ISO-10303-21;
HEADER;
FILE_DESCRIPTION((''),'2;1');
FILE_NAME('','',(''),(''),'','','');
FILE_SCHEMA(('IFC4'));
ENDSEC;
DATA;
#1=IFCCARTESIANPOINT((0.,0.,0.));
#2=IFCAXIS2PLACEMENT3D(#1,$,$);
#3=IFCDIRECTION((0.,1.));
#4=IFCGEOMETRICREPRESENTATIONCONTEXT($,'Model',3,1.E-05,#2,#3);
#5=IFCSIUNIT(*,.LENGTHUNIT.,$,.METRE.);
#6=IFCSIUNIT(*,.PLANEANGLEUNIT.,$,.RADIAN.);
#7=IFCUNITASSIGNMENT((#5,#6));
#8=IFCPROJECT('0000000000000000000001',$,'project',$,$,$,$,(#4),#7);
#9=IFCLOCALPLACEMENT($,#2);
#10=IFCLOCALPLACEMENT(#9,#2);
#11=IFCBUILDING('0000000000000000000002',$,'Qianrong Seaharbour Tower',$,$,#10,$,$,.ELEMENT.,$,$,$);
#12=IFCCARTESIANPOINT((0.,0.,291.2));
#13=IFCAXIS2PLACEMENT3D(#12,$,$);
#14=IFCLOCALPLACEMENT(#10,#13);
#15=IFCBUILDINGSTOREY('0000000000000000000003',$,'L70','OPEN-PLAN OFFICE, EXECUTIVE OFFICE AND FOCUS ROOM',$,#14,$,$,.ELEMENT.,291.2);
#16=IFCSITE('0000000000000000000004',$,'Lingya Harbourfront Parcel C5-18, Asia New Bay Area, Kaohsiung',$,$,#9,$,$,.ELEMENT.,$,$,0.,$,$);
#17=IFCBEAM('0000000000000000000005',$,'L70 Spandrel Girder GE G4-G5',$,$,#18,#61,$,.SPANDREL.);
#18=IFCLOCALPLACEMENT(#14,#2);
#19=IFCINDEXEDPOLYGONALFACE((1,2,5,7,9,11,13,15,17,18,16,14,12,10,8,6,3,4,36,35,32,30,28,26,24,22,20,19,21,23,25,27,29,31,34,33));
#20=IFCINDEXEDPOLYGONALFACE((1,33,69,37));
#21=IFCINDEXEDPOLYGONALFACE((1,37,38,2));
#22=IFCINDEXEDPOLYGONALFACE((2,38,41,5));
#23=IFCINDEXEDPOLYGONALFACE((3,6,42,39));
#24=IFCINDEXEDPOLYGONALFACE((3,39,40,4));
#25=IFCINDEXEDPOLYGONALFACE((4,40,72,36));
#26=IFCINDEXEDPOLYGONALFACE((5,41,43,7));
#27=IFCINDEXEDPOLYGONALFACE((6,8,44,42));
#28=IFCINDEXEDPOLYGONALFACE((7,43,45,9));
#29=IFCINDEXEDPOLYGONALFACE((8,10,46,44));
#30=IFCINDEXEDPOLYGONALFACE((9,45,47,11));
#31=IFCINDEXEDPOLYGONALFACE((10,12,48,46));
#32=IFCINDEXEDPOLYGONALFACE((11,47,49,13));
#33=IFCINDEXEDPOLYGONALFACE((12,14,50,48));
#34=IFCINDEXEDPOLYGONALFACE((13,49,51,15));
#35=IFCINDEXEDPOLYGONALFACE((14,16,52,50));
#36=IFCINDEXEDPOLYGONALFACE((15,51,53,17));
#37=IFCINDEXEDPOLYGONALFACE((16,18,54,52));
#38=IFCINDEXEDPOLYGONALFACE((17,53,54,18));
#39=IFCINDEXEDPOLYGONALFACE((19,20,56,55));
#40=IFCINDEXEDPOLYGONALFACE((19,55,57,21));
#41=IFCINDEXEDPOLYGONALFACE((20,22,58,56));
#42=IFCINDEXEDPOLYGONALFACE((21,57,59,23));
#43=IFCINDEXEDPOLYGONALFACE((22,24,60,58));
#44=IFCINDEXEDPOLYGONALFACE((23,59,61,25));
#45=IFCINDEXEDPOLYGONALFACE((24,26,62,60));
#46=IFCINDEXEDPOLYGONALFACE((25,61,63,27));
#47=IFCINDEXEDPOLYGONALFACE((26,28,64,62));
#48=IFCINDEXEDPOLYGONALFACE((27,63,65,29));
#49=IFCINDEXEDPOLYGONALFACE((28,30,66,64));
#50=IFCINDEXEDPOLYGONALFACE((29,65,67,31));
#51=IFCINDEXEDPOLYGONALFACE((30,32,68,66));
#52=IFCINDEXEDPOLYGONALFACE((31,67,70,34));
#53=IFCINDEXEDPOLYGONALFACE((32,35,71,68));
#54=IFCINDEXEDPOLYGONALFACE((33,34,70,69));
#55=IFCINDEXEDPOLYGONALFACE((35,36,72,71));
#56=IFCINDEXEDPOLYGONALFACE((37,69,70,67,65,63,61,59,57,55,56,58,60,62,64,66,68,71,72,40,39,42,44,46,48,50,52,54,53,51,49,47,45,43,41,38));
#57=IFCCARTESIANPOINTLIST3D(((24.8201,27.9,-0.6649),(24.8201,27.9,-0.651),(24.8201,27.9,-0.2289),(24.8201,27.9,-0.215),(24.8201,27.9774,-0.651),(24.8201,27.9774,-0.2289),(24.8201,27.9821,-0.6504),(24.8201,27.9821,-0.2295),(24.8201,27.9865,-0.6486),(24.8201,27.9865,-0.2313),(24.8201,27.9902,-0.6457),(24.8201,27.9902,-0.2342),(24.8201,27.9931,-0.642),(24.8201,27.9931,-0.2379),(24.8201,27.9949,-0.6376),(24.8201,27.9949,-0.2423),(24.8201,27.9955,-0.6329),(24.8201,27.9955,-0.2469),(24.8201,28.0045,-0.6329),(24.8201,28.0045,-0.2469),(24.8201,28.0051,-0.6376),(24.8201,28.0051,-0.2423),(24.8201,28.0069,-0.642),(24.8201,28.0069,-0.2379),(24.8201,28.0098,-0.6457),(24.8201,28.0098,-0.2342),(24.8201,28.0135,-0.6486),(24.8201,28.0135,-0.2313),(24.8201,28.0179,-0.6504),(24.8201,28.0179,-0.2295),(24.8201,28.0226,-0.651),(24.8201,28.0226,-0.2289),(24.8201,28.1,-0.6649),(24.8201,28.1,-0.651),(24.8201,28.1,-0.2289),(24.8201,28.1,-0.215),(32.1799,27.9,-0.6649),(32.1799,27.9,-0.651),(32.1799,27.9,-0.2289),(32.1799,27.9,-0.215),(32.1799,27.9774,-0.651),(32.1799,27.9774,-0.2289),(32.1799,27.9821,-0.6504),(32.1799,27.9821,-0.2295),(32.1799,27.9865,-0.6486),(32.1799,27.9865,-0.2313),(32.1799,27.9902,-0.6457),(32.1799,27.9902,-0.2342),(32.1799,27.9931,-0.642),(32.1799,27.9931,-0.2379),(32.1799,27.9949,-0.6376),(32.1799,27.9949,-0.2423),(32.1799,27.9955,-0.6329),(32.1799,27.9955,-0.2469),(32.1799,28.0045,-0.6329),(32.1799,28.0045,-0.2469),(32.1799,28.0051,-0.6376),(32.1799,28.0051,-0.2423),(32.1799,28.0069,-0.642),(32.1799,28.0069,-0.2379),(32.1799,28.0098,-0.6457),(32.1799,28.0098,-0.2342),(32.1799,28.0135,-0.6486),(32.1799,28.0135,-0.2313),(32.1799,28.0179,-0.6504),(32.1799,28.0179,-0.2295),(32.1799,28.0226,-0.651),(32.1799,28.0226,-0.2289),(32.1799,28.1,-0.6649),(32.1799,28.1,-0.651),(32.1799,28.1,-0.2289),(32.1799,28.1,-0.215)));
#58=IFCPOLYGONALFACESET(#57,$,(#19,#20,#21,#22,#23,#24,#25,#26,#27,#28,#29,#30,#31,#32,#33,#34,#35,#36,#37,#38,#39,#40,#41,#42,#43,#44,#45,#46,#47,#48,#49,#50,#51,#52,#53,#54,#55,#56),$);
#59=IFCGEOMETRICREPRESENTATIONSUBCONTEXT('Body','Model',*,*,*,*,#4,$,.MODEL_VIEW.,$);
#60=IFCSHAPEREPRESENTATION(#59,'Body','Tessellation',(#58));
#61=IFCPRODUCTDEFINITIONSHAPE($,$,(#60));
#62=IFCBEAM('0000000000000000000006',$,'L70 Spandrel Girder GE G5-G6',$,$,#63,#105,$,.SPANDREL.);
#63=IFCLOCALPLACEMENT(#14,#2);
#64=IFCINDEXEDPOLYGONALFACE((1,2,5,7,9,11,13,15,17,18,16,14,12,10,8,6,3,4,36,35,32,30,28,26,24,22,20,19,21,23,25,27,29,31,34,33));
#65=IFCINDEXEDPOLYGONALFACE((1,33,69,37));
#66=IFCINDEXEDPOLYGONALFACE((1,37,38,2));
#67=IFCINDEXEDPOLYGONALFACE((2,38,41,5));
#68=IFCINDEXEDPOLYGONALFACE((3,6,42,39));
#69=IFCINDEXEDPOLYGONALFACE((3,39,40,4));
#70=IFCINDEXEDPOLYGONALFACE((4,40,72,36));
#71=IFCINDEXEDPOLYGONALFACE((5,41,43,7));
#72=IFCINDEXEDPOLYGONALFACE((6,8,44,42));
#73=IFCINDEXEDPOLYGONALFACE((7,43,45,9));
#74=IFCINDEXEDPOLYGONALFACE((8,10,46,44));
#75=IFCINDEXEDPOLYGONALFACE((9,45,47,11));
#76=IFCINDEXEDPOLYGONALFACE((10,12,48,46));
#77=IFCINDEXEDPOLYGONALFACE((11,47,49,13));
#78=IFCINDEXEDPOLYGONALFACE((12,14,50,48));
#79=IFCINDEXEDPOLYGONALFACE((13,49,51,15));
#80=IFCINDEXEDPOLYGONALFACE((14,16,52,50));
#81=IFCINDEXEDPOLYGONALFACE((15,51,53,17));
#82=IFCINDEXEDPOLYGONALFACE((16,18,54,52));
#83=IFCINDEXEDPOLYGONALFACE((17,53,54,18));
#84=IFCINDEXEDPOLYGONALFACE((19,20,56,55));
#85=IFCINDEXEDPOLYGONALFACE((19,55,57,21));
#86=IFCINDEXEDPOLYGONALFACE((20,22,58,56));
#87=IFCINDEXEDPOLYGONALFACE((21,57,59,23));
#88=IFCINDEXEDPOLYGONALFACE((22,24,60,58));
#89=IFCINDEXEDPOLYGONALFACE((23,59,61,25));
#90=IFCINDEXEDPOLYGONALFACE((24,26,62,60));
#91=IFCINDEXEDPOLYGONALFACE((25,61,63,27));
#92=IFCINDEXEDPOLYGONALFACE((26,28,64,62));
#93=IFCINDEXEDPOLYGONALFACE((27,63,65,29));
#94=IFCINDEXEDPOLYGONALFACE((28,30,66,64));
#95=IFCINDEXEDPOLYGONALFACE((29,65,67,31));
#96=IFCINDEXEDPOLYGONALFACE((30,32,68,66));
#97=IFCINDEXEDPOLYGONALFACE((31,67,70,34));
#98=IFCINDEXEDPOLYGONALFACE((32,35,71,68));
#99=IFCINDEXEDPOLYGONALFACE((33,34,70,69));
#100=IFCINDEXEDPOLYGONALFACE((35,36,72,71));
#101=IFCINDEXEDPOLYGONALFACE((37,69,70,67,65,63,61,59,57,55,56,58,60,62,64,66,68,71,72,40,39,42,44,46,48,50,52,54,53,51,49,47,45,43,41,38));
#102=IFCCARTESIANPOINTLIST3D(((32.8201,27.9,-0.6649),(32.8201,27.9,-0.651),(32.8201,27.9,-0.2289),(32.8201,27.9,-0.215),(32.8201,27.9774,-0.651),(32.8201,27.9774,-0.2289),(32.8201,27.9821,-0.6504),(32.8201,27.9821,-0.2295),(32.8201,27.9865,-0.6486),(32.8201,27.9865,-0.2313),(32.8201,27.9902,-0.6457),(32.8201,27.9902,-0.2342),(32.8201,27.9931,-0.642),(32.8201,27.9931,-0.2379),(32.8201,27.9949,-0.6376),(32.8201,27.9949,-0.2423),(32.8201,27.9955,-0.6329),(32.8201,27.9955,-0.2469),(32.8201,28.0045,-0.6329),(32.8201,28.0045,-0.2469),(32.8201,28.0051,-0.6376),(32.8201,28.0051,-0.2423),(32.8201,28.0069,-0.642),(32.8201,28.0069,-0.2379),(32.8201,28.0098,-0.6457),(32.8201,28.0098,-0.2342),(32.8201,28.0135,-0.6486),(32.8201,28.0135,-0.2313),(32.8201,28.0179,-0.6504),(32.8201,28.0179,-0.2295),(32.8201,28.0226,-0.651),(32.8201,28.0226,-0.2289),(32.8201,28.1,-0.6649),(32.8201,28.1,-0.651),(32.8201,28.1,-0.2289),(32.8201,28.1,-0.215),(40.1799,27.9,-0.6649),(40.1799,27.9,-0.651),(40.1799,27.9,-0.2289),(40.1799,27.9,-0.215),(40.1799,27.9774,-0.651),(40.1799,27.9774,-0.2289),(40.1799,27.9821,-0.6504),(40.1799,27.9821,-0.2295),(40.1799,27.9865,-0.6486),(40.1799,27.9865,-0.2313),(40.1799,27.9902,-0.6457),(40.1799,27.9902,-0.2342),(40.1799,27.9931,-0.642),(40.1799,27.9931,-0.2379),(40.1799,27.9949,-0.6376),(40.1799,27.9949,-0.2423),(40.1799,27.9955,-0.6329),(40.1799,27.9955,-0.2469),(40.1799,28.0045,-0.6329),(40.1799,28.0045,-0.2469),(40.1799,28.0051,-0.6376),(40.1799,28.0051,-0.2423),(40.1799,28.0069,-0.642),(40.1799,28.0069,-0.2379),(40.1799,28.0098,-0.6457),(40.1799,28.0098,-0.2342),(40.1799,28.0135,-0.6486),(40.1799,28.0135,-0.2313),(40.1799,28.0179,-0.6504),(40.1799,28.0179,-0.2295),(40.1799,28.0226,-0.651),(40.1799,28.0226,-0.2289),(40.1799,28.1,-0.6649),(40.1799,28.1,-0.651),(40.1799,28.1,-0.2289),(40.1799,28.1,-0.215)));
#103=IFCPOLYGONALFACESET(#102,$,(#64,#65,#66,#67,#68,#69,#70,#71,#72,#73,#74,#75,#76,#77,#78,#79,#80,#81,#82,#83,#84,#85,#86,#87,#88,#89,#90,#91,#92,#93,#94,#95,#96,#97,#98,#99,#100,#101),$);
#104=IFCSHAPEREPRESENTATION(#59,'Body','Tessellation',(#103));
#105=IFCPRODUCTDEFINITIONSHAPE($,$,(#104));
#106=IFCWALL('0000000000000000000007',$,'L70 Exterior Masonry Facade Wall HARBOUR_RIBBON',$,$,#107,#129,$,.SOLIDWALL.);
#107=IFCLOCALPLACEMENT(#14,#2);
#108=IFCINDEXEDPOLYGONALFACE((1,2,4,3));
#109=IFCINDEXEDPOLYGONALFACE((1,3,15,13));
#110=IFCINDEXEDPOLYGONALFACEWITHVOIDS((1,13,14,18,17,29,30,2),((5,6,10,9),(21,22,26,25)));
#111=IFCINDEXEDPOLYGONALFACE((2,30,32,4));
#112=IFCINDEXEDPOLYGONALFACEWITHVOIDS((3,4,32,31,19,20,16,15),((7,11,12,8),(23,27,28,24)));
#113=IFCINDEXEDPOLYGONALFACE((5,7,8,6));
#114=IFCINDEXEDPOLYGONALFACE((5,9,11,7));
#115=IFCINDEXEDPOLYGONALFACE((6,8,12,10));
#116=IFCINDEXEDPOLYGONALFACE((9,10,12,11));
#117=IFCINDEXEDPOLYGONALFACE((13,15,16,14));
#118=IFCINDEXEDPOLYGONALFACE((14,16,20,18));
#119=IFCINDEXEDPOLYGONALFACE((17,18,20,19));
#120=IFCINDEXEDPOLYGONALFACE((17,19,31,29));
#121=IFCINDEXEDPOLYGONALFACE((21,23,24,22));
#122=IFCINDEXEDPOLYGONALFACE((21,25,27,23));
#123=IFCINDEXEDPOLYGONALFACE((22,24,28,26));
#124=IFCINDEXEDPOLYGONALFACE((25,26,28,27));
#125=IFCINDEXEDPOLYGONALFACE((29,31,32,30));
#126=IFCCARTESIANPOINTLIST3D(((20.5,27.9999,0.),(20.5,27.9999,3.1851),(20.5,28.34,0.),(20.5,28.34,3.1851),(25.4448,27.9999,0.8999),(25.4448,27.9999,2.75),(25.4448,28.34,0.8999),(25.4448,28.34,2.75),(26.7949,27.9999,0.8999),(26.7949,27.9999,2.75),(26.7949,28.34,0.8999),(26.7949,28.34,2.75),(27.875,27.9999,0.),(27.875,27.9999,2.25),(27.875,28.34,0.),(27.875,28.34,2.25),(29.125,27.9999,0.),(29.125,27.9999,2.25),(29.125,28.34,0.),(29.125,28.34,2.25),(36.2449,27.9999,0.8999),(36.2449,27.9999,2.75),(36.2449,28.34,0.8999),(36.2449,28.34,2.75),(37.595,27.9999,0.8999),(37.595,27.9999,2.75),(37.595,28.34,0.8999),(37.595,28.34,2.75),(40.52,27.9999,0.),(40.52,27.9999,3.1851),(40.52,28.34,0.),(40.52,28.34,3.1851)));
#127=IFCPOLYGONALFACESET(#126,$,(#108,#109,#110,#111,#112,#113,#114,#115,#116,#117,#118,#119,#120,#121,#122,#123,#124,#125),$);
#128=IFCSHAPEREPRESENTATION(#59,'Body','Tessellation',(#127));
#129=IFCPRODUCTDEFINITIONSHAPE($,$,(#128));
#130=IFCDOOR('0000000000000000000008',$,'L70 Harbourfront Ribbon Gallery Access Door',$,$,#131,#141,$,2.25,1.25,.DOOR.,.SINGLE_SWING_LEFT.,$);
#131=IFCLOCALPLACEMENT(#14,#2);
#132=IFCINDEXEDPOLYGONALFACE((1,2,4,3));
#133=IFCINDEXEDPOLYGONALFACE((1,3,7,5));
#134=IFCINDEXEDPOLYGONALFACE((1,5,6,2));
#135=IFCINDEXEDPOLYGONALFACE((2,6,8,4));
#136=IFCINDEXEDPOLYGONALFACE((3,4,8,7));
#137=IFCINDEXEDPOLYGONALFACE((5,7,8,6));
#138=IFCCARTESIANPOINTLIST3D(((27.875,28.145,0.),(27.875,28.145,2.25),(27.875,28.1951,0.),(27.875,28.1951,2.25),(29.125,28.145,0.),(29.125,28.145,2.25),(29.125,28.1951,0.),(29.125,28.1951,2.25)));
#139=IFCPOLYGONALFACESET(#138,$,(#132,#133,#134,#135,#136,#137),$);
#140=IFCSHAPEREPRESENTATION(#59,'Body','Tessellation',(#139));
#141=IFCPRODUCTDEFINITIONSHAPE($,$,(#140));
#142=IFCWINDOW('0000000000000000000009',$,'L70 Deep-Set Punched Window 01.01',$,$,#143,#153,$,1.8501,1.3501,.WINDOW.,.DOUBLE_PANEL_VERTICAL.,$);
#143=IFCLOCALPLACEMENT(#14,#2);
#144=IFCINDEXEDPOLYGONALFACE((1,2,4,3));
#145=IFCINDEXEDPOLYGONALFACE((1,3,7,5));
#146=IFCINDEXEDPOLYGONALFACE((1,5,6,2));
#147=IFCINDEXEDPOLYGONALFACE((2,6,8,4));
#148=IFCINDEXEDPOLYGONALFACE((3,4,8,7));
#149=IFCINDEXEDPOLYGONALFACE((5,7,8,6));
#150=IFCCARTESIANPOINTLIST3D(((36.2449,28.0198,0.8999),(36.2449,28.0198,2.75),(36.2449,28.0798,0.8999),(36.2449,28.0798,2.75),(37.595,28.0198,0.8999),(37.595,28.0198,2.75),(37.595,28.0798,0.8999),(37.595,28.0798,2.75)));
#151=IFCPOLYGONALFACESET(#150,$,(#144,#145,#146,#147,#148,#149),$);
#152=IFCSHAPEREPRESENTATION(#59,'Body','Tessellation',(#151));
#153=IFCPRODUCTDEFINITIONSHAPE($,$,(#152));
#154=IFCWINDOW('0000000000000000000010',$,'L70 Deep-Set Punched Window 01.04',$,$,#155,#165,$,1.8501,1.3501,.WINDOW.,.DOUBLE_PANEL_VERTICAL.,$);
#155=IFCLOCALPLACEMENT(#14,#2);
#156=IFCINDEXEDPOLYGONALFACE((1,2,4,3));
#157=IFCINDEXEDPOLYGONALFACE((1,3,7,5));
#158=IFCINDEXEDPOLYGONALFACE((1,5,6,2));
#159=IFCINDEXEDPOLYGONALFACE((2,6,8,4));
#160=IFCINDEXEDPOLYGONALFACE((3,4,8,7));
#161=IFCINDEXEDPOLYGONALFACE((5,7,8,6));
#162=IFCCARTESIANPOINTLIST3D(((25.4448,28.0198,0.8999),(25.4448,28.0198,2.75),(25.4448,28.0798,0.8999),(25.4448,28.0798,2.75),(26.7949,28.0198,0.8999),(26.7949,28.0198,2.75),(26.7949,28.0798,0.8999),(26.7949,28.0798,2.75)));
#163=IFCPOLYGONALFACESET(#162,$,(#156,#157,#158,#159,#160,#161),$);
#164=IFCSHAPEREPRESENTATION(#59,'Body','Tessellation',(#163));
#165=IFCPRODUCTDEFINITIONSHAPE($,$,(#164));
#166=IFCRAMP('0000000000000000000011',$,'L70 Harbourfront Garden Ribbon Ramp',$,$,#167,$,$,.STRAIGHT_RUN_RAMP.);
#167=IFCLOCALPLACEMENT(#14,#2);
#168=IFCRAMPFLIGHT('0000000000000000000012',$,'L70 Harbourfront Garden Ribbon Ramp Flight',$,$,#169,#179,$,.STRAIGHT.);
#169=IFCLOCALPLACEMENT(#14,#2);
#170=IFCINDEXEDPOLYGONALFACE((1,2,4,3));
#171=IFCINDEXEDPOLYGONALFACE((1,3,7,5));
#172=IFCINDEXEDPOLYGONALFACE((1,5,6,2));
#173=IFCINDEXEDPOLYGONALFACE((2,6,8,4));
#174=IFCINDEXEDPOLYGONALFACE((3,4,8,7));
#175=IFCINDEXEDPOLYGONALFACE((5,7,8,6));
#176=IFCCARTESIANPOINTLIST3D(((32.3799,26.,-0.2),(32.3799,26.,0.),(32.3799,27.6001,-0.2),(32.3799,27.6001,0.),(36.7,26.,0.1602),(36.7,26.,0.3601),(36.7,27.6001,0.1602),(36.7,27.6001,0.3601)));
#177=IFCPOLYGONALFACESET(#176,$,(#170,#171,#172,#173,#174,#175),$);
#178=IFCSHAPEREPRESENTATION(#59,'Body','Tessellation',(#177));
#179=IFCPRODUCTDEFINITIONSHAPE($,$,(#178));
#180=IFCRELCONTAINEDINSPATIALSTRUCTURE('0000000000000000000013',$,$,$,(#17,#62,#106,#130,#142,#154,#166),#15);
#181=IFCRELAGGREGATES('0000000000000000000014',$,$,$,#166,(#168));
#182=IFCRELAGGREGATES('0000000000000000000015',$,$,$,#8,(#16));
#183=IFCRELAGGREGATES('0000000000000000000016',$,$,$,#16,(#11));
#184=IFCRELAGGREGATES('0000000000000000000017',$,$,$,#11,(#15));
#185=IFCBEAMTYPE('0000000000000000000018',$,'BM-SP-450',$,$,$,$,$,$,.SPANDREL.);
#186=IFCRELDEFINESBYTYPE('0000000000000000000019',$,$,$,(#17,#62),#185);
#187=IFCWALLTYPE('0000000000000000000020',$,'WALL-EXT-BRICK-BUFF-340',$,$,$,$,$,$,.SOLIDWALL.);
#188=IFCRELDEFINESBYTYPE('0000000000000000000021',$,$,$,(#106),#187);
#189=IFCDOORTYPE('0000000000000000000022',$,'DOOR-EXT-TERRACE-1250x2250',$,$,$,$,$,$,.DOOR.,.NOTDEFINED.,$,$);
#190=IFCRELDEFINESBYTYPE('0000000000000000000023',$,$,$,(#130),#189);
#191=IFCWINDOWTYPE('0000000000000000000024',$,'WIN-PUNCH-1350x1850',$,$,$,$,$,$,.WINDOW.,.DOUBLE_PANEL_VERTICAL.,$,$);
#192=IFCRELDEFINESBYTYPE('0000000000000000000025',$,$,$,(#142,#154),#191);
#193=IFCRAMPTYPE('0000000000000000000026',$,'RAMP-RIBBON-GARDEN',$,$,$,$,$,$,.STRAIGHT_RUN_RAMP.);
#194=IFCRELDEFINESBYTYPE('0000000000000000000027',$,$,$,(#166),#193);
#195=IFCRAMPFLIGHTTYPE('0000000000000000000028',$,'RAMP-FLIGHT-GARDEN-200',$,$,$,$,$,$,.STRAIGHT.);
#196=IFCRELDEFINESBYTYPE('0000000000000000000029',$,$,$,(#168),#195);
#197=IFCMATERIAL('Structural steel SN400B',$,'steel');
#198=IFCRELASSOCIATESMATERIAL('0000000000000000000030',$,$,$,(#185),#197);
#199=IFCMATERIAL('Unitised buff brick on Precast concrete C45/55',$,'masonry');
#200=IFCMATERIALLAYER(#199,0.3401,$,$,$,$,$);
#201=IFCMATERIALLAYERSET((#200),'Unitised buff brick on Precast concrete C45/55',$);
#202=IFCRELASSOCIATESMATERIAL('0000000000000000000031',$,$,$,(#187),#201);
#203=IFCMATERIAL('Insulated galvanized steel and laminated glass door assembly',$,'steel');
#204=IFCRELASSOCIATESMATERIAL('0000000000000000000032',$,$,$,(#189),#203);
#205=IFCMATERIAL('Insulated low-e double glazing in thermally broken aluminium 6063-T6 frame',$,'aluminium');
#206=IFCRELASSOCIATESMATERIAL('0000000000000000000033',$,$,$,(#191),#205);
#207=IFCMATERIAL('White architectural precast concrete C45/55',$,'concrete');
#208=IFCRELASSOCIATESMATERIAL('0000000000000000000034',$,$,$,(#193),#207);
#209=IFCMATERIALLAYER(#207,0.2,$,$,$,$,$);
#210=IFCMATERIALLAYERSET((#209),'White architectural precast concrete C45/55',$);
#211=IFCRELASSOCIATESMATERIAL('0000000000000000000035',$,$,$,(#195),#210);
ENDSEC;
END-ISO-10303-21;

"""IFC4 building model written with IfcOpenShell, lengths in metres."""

from ifc_helpers import new_model, si_unit, direction, frame, frame_2d, origin, origin_2d, place, context, subcontext, project, spatial, polyline, rectangle, i_section, outline, extrude, material, layer, layer_set, material_profile, profile_set, type_object, element, fill, aggregate, save


model = new_model("IFC4")

# Units and contexts
model_context = context("Model", 3, precision=1e-05, world=origin(), true_north=direction((0.0, 1.0)))
body_context = subcontext(model_context, "Body", "Model", "MODEL_VIEW")
ifc_project = project(units=[si_unit("LENGTHUNIT", "METRE"), si_unit("PLANEANGLEUNIT", "RADIAN")], contexts=[model_context])

# Site, building, storey
site_placement = place(None, origin())
site = spatial("IfcSite", under=ifc_project, at=site_placement, Name="Lingya Harbourfront Parcel C5-18, Asia New Bay Area, Kaohsiung", CompositionType="ELEMENT", RefElevation=0.0)
building_placement = place(site_placement, origin())
building = spatial("IfcBuilding", under=site, at=building_placement, Name="Qianrong Seaharbour Tower", CompositionType="ELEMENT")
storey_placement = place(building_placement, frame((0.0, 0.0, 291.2)))
storey = spatial("IfcBuildingStorey", under=building, at=storey_placement, Name="L70", Description="OPEN-PLAN OFFICE, EXECUTIVE OFFICE AND FOCUS ROOM", CompositionType="ELEMENT", Elevation=291.2)

# Shared definitions
ifc_material_1 = material(Name="Structural steel SN400B", Category="steel")

# Beams
ifc_material_profile_1 = material_profile(ifc_material_1, i_section(OverallWidth=0.2, OverallDepth=0.45, WebThickness=0.009, FlangeThickness=0.0139, FilletRadius=0.0181, at=origin_2d()), Name="H450x200x9x14")
ifc_profile_set_1 = profile_set([ifc_material_profile_1], Name="Structural steel SN400B")
beam_type_1 = type_object("IfcBeamType", Name="BM-SP-450", PredefinedType="SPANDREL", material=ifc_profile_set_1)
for number, where, z_axis, x_axis, name in (
    (1, (24.8201, 28.0, -0.4399), (1.0, 0.0, 0.0), (0.0, 1.0, 0.0), "L70 Spandrel Girder GE G4-G5"),
    (2, (32.8201, 28.0, -0.4399), (1.0, 0.0, 0.0), (0.0, 1.0, 0.0), "L70 Spandrel Girder GE G5-G6"),
):
    element("IfcBeam", number, at=place(storey_placement, frame(where, z_axis=z_axis, x_axis=x_axis)), inside=storey, type_object=beam_type_1, Name=name, PredefinedType="SPANDREL", context=body_context, shape_type="SweptSolid", body=[
        extrude(i_section(OverallWidth=0.2, OverallDepth=0.45, WebThickness=0.009, FlangeThickness=0.0139, FilletRadius=0.0181, at=origin_2d()), origin(), (0.0, 0.0, 1.0), 7.3599),
    ])

# Wall, openings, door, windows
ifc_material_2 = material(Name="Unitised buff brick on Precast concrete C45/55", Category="masonry")
ifc_layer_1 = layer(ifc_material_2, 0.3401)
ifc_layer_set_1 = layer_set([ifc_layer_1], Name="Unitised buff brick on Precast concrete C45/55")
wall_type = type_object("IfcWallType", Name="WALL-EXT-BRICK-BUFF-340", PredefinedType="SOLIDWALL", material=ifc_layer_set_1)
wall_placement = place(storey_placement, frame((40.52, 28.1699, 0.0), z_axis=(0.0, 0.0, 1.0), x_axis=(-1.0, 0.0, 0.0)))
wall = element("IfcWall", 3, at=wall_placement, inside=storey, type_object=wall_type, Name="L70 Exterior Masonry Facade Wall HARBOUR_RIBBON", PredefinedType="SOLIDWALL", context=body_context, shape_type="SweptSolid", body=[
    extrude(rectangle(XDim=20.02, YDim=0.3401, at=frame_2d((10.01, 0.0))), origin(), (0.0, 0.0, 1.0), 3.1851),
])
opening_1_placement = place(wall_placement, frame((2.925, 0.0, 0.8999)))
opening_1 = element("IfcOpeningElement", 4, at=opening_1_placement, cuts=wall, PredefinedType="OPENING", context=body_context, shape_type="SweptSolid", body=[
    extrude(rectangle(XDim=1.3501, YDim=1.8501, at=frame_2d((0.675, 0.925))), frame((0.0, 0.1802, 0.0), z_axis=(0.0, -1.0, 0.0), x_axis=(1.0, 0.0, 0.0)), (0.0, 0.0, 1.0), 0.3601),
])
opening_2_placement = place(wall_placement, frame((13.7251, 0.0, 0.8999)))
opening_2 = element("IfcOpeningElement", 5, at=opening_2_placement, cuts=wall, PredefinedType="OPENING", context=body_context, shape_type="SweptSolid", body=[
    extrude(rectangle(XDim=1.3501, YDim=1.8501, at=frame_2d((0.675, 0.925))), frame((0.0, 0.1802, 0.0), z_axis=(0.0, -1.0, 0.0), x_axis=(1.0, 0.0, 0.0)), (0.0, 0.0, 1.0), 0.3601),
])
opening_3_placement = place(wall_placement, frame((11.395, 0.0, 0.0)))
opening_3 = element("IfcOpeningElement", 6, at=opening_3_placement, cuts=wall, PredefinedType="OPENING", context=body_context, shape_type="SweptSolid", body=[
    extrude(rectangle(XDim=1.25, YDim=2.25, at=frame_2d((0.625, 1.125))), frame((0.0, 0.1802, 0.0), z_axis=(0.0, -1.0, 0.0), x_axis=(1.0, 0.0, 0.0)), (0.0, 0.0, 1.0), 0.3601),
])
ifc_material_3 = material(Name="Insulated galvanized steel and laminated glass door assembly", Category="steel")
door_type = type_object("IfcDoorType", Name="DOOR-EXT-TERRACE-1250x2250", OperationType="NOTDEFINED", PredefinedType="DOOR", material=ifc_material_3)
door_placement = place(opening_3_placement, origin())
door = element("IfcDoor", 7, at=door_placement, inside=storey, type_object=door_type, Name="L70 Harbourfront Ribbon Gallery Access Door", OperationType="SINGLE_SWING_LEFT", OverallHeight=2.25, OverallWidth=1.25, PredefinedType="DOOR", context=body_context, shape_type="SweptSolid", body=[
    extrude(rectangle(XDim=1.25, YDim=2.25, at=frame_2d((0.625, 1.125))), frame((0.0, 0.0249, 0.0), z_axis=(0.0, -1.0, 0.0), x_axis=(1.0, 0.0, 0.0)), (0.0, 0.0, 1.0), 0.05),
])
fill(opening_3, door)
ifc_material_4 = material(Name="Insulated low-e double glazing in thermally broken aluminium 6063-T6 frame", Category="aluminium")
window_type = type_object("IfcWindowType", Name="WIN-PUNCH-1350x1850", PartitioningType="DOUBLE_PANEL_VERTICAL", PredefinedType="WINDOW", material=ifc_material_4)
window_1_placement = place(opening_1_placement, origin())
window_1 = element("IfcWindow", 8, at=window_1_placement, inside=storey, type_object=window_type, Name="L70 Deep-Set Punched Window 01.01", OverallHeight=1.8501, OverallWidth=1.3501, PartitioningType="DOUBLE_PANEL_VERTICAL", PredefinedType="WINDOW", context=body_context, shape_type="SweptSolid", body=[
    extrude(rectangle(XDim=1.3501, YDim=1.8501, at=frame_2d((0.675, 0.925))), frame((0.0, 0.1501, 0.0), z_axis=(0.0, -1.0, 0.0), x_axis=(1.0, 0.0, 0.0)), (0.0, 0.0, 1.0), 0.0601),
])
fill(opening_1, window_1)
window_2_placement = place(opening_2_placement, origin())
window_2 = element("IfcWindow", 9, at=window_2_placement, inside=storey, type_object=window_type, Name="L70 Deep-Set Punched Window 01.04", OverallHeight=1.8501, OverallWidth=1.3501, PartitioningType="DOUBLE_PANEL_VERTICAL", PredefinedType="WINDOW", context=body_context, shape_type="SweptSolid", body=[
    extrude(rectangle(XDim=1.3501, YDim=1.8501, at=frame_2d((0.675, 0.925))), frame((0.0, 0.1501, 0.0), z_axis=(0.0, -1.0, 0.0), x_axis=(1.0, 0.0, 0.0)), (0.0, 0.0, 1.0), 0.0601),
])
fill(opening_2, window_2)

# Ramp, ramp flight
ifc_material_5 = material(Name="White architectural precast concrete C45/55", Category="concrete")
ramp_type = type_object("IfcRampType", Name="RAMP-RIBBON-GARDEN", PredefinedType="STRAIGHT_RUN_RAMP", material=ifc_material_5)
ramp_placement = place(storey_placement, origin())
ramp = element("IfcRamp", 10, at=ramp_placement, inside=storey, type_object=ramp_type, Name="L70 Harbourfront Garden Ribbon Ramp", PredefinedType="STRAIGHT_RUN_RAMP")
ifc_layer_2 = layer(ifc_material_5, 0.2)
ifc_layer_set_2 = layer_set([ifc_layer_2], Name="White architectural precast concrete C45/55")
ramp_flight_type = type_object("IfcRampFlightType", Name="RAMP-FLIGHT-GARDEN-200", PredefinedType="STRAIGHT", material=ifc_layer_set_2)
ramp_flight_placement = place(storey_placement, frame((32.3799, 26.8, 0.0), z_axis=(0.0, 0.0, 1.0), x_axis=(1.0, 0.0, 0.0)))
ramp_flight = element("IfcRampFlight", 11, at=ramp_flight_placement, type_object=ramp_flight_type, Name="L70 Harbourfront Garden Ribbon Ramp Flight", PredefinedType="STRAIGHT", context=body_context, shape_type="SweptSolid", body=[
    extrude(outline(polyline([(0.0, 0.0), (4.3201, 0.3601), (4.3201, 0.1602), (0.0, -0.2), (0.0, 0.0)])), frame((0.0, 0.8, 0.0), z_axis=(0.0, -1.0, 0.0), x_axis=(1.0, 0.0, 0.0)), (0.0, 0.0, 1.0), 1.6001),
])
aggregate(ramp, [ramp_flight])

save(model, "model.ifc")
